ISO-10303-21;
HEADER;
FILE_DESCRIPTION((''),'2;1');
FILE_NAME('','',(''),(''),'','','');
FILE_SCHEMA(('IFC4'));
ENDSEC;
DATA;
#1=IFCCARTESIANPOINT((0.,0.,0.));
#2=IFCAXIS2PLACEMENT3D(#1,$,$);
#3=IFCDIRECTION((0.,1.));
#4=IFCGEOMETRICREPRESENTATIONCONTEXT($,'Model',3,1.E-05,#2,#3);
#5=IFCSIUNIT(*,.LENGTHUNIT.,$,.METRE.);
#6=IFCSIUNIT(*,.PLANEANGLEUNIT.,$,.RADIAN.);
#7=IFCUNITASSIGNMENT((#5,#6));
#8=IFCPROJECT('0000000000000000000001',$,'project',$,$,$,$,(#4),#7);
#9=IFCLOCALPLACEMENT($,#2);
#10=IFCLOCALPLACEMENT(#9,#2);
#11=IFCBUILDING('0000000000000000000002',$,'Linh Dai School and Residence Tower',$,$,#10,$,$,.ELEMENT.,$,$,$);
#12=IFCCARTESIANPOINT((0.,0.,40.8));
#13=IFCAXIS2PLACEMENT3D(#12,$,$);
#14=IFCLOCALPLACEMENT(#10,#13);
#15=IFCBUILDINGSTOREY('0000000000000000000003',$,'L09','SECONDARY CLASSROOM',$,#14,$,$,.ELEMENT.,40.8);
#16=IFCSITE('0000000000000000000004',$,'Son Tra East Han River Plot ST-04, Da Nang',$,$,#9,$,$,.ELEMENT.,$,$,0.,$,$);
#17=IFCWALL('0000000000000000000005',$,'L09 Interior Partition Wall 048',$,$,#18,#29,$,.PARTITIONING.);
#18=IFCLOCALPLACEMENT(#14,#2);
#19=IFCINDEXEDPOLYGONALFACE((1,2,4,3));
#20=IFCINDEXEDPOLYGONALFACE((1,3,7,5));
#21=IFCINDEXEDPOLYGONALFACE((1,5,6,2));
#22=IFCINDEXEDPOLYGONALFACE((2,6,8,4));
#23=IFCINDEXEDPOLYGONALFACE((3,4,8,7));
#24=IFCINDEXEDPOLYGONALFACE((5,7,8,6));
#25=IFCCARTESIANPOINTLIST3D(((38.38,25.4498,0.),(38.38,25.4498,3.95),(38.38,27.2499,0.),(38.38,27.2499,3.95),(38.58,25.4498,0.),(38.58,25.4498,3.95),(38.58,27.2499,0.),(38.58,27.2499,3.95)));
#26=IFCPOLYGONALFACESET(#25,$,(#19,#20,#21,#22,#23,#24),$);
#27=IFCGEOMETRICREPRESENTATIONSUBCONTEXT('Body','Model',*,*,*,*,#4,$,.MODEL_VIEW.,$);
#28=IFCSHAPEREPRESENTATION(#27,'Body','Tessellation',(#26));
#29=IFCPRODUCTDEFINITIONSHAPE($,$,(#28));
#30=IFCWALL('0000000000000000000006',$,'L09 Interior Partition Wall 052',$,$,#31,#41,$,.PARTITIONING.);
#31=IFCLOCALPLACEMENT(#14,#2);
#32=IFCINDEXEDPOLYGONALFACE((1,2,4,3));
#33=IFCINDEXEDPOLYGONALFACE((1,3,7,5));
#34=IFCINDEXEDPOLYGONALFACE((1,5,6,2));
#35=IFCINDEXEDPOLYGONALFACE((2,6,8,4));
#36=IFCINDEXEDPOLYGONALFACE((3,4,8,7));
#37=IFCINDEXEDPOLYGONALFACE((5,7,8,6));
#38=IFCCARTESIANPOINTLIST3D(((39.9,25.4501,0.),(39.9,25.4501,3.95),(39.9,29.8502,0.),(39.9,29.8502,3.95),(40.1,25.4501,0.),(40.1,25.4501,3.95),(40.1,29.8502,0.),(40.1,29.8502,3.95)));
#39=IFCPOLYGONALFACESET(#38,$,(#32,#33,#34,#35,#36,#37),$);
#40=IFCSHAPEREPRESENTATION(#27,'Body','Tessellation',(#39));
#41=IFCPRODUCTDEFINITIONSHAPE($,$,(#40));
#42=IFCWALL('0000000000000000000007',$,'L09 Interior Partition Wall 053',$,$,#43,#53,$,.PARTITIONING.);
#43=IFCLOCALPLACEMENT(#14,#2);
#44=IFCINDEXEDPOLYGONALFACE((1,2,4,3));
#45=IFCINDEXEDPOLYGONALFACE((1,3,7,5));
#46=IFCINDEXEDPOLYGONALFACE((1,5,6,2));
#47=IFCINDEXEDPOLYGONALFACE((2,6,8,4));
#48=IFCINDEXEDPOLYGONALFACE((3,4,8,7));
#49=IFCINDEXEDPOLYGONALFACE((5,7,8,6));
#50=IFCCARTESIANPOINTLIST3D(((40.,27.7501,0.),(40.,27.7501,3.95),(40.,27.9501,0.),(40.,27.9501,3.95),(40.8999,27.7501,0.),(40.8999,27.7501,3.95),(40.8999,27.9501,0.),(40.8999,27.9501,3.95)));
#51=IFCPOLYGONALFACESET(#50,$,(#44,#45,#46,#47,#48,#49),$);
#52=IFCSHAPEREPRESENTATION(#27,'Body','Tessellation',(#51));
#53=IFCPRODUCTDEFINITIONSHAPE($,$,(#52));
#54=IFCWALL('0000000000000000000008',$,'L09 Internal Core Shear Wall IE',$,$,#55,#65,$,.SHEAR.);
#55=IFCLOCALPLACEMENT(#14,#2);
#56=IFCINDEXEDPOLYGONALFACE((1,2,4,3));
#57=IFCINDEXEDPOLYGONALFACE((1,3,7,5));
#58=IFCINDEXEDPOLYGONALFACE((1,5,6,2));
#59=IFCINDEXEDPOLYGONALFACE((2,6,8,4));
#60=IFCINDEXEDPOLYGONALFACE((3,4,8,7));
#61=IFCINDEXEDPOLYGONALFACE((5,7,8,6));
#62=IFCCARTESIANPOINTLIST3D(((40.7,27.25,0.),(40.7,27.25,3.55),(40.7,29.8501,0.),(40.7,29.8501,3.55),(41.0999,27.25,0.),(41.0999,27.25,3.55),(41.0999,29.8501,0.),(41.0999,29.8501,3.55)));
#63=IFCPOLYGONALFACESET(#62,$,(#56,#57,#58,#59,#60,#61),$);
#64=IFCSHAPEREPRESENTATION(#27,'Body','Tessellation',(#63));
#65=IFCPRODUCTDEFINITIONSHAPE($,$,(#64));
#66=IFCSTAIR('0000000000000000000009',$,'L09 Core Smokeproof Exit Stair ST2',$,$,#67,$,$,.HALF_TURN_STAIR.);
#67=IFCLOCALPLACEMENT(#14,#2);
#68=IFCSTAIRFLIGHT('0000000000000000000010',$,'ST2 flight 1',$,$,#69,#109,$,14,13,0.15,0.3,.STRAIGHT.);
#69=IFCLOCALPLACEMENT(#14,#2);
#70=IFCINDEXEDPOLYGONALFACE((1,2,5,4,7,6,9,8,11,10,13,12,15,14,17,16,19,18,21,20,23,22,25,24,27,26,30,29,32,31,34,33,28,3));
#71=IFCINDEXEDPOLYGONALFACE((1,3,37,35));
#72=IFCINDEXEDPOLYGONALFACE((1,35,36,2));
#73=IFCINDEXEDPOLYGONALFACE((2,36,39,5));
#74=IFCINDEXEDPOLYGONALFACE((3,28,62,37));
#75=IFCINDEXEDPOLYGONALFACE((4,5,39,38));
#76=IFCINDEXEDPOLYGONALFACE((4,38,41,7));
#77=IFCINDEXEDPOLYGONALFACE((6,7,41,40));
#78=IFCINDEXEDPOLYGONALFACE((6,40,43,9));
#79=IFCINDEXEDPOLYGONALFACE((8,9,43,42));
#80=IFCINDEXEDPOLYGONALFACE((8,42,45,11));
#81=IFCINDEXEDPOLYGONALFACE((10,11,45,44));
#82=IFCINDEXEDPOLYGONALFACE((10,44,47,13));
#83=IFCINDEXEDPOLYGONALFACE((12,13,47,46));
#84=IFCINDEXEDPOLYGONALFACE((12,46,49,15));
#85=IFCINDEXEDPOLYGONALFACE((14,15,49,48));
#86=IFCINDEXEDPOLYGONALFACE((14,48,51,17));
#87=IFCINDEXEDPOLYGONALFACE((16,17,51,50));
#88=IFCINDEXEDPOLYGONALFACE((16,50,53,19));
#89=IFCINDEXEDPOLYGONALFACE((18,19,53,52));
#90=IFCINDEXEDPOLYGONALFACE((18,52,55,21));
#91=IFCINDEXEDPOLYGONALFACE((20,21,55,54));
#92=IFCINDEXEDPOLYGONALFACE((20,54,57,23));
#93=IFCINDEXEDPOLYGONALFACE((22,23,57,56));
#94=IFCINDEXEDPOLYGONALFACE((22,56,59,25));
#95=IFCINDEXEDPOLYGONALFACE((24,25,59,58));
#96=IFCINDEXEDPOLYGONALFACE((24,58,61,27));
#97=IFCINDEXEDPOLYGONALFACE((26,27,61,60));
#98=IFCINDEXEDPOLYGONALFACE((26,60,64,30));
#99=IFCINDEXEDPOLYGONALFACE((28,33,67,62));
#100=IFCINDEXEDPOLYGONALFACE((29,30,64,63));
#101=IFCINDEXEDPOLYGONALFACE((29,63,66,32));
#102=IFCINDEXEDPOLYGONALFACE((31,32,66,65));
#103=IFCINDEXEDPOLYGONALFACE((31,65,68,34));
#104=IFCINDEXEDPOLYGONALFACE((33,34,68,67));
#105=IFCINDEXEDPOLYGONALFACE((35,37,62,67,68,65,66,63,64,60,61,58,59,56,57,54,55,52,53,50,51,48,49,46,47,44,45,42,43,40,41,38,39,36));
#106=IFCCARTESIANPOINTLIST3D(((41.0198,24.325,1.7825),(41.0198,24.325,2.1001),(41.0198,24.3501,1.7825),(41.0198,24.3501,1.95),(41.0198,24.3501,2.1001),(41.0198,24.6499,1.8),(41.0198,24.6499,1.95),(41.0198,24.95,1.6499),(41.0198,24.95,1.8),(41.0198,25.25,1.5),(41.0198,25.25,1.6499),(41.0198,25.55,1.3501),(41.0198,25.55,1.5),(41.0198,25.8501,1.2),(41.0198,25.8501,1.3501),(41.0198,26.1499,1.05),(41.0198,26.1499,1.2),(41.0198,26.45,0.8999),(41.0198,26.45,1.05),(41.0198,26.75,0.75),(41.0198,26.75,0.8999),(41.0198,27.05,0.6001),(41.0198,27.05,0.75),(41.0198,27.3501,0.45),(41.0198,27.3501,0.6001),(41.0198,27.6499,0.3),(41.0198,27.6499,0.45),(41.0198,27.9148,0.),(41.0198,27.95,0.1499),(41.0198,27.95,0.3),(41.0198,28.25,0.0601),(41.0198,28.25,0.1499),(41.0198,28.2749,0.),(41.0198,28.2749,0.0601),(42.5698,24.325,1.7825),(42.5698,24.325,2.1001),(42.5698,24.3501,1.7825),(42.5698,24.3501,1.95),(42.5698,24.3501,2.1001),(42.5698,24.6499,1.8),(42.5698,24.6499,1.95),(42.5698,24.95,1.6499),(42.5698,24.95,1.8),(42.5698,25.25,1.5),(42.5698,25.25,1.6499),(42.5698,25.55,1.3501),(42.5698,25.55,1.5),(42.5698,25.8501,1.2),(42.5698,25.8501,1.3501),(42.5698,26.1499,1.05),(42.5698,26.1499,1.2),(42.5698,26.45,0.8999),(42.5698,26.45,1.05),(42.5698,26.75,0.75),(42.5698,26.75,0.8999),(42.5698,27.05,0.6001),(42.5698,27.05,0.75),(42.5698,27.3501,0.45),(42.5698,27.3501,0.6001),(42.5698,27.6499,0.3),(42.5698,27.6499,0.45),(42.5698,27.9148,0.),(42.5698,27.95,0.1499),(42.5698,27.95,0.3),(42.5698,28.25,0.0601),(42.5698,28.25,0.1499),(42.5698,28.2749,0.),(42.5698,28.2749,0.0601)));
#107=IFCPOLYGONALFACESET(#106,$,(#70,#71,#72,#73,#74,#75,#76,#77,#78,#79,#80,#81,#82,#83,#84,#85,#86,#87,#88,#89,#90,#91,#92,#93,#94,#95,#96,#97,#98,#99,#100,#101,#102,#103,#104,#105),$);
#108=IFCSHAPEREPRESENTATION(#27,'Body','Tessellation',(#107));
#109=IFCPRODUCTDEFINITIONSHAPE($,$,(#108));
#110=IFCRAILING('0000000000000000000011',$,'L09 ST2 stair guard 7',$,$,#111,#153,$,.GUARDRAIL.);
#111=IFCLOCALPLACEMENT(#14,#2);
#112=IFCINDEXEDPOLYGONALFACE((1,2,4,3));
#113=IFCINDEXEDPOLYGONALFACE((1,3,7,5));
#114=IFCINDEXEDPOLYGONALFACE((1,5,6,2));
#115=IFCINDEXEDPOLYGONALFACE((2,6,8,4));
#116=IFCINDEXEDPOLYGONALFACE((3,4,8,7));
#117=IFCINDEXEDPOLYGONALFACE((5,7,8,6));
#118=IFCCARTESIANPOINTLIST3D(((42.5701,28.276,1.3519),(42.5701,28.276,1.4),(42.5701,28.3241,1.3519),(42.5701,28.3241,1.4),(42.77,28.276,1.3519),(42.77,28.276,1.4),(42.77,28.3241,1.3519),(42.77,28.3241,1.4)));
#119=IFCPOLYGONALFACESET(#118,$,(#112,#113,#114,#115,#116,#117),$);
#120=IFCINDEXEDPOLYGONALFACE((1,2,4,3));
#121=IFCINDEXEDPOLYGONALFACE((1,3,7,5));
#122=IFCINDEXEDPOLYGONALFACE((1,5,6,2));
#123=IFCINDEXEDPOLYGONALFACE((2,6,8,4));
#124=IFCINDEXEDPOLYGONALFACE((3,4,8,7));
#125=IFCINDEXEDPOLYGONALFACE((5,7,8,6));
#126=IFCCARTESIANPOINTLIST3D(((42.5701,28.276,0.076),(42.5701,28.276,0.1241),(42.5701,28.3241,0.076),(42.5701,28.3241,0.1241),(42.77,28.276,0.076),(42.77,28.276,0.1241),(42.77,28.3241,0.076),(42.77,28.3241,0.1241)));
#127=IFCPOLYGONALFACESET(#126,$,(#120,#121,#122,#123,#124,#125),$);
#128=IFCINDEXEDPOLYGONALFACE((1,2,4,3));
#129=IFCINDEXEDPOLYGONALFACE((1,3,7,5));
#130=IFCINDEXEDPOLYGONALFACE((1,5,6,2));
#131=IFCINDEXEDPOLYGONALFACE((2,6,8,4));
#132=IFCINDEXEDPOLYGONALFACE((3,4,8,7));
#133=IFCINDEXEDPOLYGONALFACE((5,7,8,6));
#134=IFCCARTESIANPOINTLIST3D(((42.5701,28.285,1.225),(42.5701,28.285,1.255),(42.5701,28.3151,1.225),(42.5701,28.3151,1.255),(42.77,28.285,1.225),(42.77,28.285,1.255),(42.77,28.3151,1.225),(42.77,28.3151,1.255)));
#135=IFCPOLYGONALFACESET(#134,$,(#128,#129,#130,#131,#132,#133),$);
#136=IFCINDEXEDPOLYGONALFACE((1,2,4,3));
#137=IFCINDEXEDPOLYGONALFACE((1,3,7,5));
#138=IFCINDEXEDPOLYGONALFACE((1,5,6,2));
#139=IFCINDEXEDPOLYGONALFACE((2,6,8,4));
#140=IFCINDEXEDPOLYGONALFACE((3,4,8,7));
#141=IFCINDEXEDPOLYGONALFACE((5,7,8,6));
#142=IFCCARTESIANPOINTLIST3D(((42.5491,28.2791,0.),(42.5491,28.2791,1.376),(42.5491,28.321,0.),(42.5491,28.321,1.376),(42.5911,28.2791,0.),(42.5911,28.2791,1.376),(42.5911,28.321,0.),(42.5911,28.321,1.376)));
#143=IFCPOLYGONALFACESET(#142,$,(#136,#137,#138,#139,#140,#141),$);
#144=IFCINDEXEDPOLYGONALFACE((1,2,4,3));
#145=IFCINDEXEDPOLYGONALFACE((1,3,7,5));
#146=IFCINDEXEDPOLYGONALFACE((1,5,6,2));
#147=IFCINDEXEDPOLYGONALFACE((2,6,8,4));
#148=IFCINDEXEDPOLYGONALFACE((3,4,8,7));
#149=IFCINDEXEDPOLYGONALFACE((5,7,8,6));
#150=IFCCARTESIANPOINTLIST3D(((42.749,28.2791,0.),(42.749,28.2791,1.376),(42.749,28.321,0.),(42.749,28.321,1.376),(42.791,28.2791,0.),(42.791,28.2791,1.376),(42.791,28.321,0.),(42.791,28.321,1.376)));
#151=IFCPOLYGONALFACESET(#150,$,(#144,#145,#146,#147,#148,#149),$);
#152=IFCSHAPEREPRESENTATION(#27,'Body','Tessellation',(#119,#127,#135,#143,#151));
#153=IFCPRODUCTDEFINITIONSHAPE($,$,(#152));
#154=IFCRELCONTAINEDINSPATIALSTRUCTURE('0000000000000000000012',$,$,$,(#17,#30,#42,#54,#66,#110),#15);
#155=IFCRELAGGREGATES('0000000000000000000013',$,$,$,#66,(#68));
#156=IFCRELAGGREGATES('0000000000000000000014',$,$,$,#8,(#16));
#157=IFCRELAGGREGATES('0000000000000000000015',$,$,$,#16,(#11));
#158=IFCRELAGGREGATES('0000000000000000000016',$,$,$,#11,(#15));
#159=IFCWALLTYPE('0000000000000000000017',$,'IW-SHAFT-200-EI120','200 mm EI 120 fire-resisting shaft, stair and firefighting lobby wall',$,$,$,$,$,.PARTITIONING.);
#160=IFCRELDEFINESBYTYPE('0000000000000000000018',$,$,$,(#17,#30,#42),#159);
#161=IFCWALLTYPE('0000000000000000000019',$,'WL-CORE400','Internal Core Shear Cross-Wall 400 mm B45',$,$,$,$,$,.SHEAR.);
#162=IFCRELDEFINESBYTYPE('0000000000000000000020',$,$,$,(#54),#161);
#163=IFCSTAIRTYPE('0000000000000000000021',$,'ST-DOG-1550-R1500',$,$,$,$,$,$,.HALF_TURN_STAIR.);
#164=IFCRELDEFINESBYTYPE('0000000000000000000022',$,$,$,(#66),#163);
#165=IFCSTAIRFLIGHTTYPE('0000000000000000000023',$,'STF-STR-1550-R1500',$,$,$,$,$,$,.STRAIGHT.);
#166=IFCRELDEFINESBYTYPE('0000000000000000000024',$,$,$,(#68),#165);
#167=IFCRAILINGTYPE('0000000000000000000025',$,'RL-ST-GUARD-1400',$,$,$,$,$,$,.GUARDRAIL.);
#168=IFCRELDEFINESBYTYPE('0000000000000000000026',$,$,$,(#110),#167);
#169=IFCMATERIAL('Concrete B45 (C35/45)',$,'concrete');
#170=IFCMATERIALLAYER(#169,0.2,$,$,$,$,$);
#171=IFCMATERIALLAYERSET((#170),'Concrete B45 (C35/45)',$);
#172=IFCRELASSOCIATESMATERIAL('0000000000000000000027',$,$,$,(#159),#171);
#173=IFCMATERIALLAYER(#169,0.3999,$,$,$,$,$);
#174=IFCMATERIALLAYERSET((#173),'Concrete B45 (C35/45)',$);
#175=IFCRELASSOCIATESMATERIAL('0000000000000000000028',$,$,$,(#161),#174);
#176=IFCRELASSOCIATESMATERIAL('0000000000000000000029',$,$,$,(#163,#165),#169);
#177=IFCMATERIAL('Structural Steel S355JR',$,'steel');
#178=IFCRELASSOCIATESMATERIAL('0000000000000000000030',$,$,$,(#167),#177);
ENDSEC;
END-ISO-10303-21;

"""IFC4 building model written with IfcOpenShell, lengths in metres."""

from ifc_helpers import new_model, si_unit, direction, frame, frame_2d, origin, origin_2d, place, context, subcontext, project, spatial, polyline, rectangle, outline, extrude, source, transform, mapped, material, layer, layer_set, type_object, element, aggregate, save


model = new_model("IFC4")

# Units and contexts
model_context = context("Model", 3, precision=1e-05, world=origin(), true_north=direction((0.0, 1.0)))
body_context = subcontext(model_context, "Body", "Model", "MODEL_VIEW")
ifc_project = project(units=[si_unit("LENGTHUNIT", "METRE"), si_unit("PLANEANGLEUNIT", "RADIAN")], contexts=[model_context])

# Site, building, storey
site_placement = place(None, origin())
site = spatial("IfcSite", under=ifc_project, at=site_placement, Name="Son Tra East Han River Plot ST-04, Da Nang", CompositionType="ELEMENT", RefElevation=0.0)
building_placement = place(site_placement, origin())
building = spatial("IfcBuilding", under=site, at=building_placement, Name="Linh Dai School and Residence Tower", CompositionType="ELEMENT")
storey_placement = place(building_placement, frame((0.0, 0.0, 40.8)))
storey = spatial("IfcBuildingStorey", under=building, at=storey_placement, Name="L09", Description="SECONDARY CLASSROOM", CompositionType="ELEMENT", Elevation=40.8)

# Shared definitions
ifc_material_1 = material(Name="Structural Steel S355JR", Category="steel")

# Walls
ifc_material_2 = material(Name="Concrete B45 (C35/45)", Category="concrete")
ifc_layer_1 = layer(ifc_material_2, 0.2)
ifc_layer_set_1 = layer_set([ifc_layer_1], Name="Concrete B45 (C35/45)")
wall_type_1 = type_object("IfcWallType", Name="IW-SHAFT-200-EI120", Description="200 mm EI 120 fire-resisting shaft, stair and firefighting lobby wall", PredefinedType="PARTITIONING", material=ifc_layer_set_1)
wall_1_placement = place(storey_placement, frame((38.48, 25.45, 0.0), z_axis=(0.0, 0.0, 1.0), x_axis=(0.0, 1.0, 0.0)))
element("IfcWall", 1, at=wall_1_placement, inside=storey, type_object=wall_type_1, Name="L09 Interior Partition Wall 048", PredefinedType="PARTITIONING", context=body_context, shape_type="SweptSolid", body=[
    extrude(rectangle(XDim=1.8, YDim=0.2, at=frame_2d((0.8999, 0.0))), origin(), (0.0, 0.0, 1.0), 3.95),
])
wall_2_placement = place(storey_placement, frame((40.0, 25.45, 0.0), z_axis=(0.0, 0.0, 1.0), x_axis=(0.0, 1.0, 0.0)))
element("IfcWall", 2, at=wall_2_placement, inside=storey, type_object=wall_type_1, Name="L09 Interior Partition Wall 052", PredefinedType="PARTITIONING", context=body_context, shape_type="SweptSolid", body=[
    extrude(rectangle(XDim=4.4001, YDim=0.2, at=frame_2d((2.2002, 0.0))), origin(), (0.0, 0.0, 1.0), 3.95),
])
wall_3_placement = place(storey_placement, frame((40.0, 27.8501, 0.0), z_axis=(0.0, 0.0, 1.0), x_axis=(1.0, 0.0, 0.0)))
element("IfcWall", 3, at=wall_3_placement, inside=storey, type_object=wall_type_1, Name="L09 Interior Partition Wall 053", PredefinedType="PARTITIONING", context=body_context, shape_type="SweptSolid", body=[
    extrude(rectangle(XDim=0.8999, YDim=0.2, at=frame_2d((0.45, 0.0))), origin(), (0.0, 0.0, 1.0), 3.95),
])
ifc_layer_2 = layer(ifc_material_2, 0.3999)
ifc_layer_set_2 = layer_set([ifc_layer_2], Name="Concrete B45 (C35/45)")
wall_type_2 = type_object("IfcWallType", Name="WL-CORE400", Description="Internal Core Shear Cross-Wall 400 mm B45", PredefinedType="SHEAR", material=ifc_layer_set_2)
wall_4_placement = place(storey_placement, frame((40.8999, 27.25, 0.0), z_axis=(0.0, 0.0, 1.0), x_axis=(0.0, 1.0, 0.0)))
element("IfcWall", 4, at=wall_4_placement, inside=storey, type_object=wall_type_2, Name="L09 Internal Core Shear Wall IE", PredefinedType="SHEAR", context=body_context, shape_type="SweptSolid", body=[
    extrude(rectangle(XDim=2.6001, YDim=0.3999, at=frame_2d((1.3, 0.0))), origin(), (0.0, 0.0, 1.0), 3.55),
])

# Stair, stair flight
stair_type = type_object("IfcStairType", Name="ST-DOG-1550-R1500", PredefinedType="HALF_TURN_STAIR", material=ifc_material_2)
stair_placement = place(storey_placement, origin())
stair = element("IfcStair", 5, at=stair_placement, inside=storey, type_object=stair_type, Name="L09 Core Smokeproof Exit Stair ST2", PredefinedType="HALF_TURN_STAIR")
stair_flight_type = type_object("IfcStairFlightType", Name="STF-STR-1550-R1500", PredefinedType="STRAIGHT", material=ifc_material_2)
shared_shape_1 = source(origin(), body_context, "Body", "SweptSolid", [
    extrude(outline(polyline([(-0.0249, 0.0), (-0.0249, 0.0601), (0.0, 0.0601), (0.0, 0.1499), (0.3, 0.1499), (0.3, 0.3), (0.6001, 0.3), (0.6001, 0.45), (0.8999, 0.45), (0.8999, 0.6001), (1.2, 0.6001), (1.2, 0.75), (1.5, 0.75), (1.5, 0.8999), (1.8, 0.8999), (1.8, 1.05), (2.1001, 1.05), (2.1001, 1.2), (2.3999, 1.2), (2.3999, 1.3501), (2.7, 1.3501), (2.7, 1.5), (3.0, 1.5), (3.0, 1.6499), (3.3, 1.6499), (3.3, 1.8), (3.6001, 1.8), (3.6001, 1.95), (3.8999, 1.95), (3.8999, 2.1001), (3.925, 2.1001), (3.925, 1.7825), (3.8999, 1.7825), (0.3352, 0.0), (-0.0249, 0.0)])), frame((0.0, 0.7749, 0.0), z_axis=(0.0, -1.0, 0.0), x_axis=(1.0, 0.0, 0.0)), (0.0, 0.0, 1.0), 1.55),
])
stair_flight_placement = place(storey_placement, frame((41.7949, 28.25, 0.0), z_axis=(0.0, 0.0, 1.0), x_axis=(0.0, -1.0, 0.0)))
stair_flight = element("IfcStairFlight", 6, at=stair_flight_placement, type_object=stair_flight_type, Name="ST2 flight 1", NumberOfRisers=14, NumberOfTreads=13, PredefinedType="STRAIGHT", RiserHeight=0.15, TreadLength=0.3, context=body_context, shape_type="MappedRepresentation", body=[
    mapped(shared_shape_1, transform((0.0, 0.0, 0.0), x_axis=(1.0, 0.0, 0.0), y_axis=(0.0, 1.0, 0.0), z_axis=(0.0, 0.0, 1.0), scale=1.0)),
])
aggregate(stair, [stair_flight])

# Railing
railing_type_1 = type_object("IfcRailingType", Name="RL-ST-GUARD-1400", PredefinedType="GUARDRAIL", material=ifc_material_1)
shared_shape_2 = source(origin(), body_context, "Body", "SweptSolid", [
    extrude(rectangle(XDim=0.0481, YDim=0.0481, at=origin_2d()), frame((0.0, 0.0, 1.376), z_axis=(1.0, 0.0, 0.0), x_axis=(0.0, 1.0, 0.0)), (0.0, 0.0, 1.0), 0.2),
    extrude(rectangle(XDim=0.0481, YDim=0.0481, at=origin_2d()), frame((0.0, 0.0, 0.1001), z_axis=(1.0, 0.0, 0.0), x_axis=(0.0, 1.0, 0.0)), (0.0, 0.0, 1.0), 0.2),
    extrude(rectangle(XDim=0.03, YDim=0.03, at=origin_2d()), frame((0.0, 0.0, 1.24), z_axis=(1.0, 0.0, 0.0), x_axis=(0.0, 1.0, 0.0)), (0.0, 0.0, 1.0), 0.2),
    extrude(rectangle(XDim=0.042, YDim=0.042, at=origin_2d()), origin(), (0.0, 0.0, 1.0), 1.376),
    extrude(rectangle(XDim=0.042, YDim=0.042, at=origin_2d()), frame((0.2, 0.0, 0.0)), (0.0, 0.0, 1.0), 1.376),
])
railing_1_placement = place(storey_placement, frame((42.5701, 28.3, 0.0)))
element("IfcRailing", 7, at=railing_1_placement, inside=storey, type_object=railing_type_1, Name="L09 ST2 stair guard 7", PredefinedType="GUARDRAIL", context=body_context, shape_type="MappedRepresentation", body=[
    mapped(shared_shape_2, transform((0.0, 0.0, 0.0), x_axis=(1.0, 0.0, 0.0), y_axis=(0.0, 1.0, 0.0), z_axis=(0.0, 0.0, 1.0), scale=1.0)),
])

save(model, "model.ifc")
